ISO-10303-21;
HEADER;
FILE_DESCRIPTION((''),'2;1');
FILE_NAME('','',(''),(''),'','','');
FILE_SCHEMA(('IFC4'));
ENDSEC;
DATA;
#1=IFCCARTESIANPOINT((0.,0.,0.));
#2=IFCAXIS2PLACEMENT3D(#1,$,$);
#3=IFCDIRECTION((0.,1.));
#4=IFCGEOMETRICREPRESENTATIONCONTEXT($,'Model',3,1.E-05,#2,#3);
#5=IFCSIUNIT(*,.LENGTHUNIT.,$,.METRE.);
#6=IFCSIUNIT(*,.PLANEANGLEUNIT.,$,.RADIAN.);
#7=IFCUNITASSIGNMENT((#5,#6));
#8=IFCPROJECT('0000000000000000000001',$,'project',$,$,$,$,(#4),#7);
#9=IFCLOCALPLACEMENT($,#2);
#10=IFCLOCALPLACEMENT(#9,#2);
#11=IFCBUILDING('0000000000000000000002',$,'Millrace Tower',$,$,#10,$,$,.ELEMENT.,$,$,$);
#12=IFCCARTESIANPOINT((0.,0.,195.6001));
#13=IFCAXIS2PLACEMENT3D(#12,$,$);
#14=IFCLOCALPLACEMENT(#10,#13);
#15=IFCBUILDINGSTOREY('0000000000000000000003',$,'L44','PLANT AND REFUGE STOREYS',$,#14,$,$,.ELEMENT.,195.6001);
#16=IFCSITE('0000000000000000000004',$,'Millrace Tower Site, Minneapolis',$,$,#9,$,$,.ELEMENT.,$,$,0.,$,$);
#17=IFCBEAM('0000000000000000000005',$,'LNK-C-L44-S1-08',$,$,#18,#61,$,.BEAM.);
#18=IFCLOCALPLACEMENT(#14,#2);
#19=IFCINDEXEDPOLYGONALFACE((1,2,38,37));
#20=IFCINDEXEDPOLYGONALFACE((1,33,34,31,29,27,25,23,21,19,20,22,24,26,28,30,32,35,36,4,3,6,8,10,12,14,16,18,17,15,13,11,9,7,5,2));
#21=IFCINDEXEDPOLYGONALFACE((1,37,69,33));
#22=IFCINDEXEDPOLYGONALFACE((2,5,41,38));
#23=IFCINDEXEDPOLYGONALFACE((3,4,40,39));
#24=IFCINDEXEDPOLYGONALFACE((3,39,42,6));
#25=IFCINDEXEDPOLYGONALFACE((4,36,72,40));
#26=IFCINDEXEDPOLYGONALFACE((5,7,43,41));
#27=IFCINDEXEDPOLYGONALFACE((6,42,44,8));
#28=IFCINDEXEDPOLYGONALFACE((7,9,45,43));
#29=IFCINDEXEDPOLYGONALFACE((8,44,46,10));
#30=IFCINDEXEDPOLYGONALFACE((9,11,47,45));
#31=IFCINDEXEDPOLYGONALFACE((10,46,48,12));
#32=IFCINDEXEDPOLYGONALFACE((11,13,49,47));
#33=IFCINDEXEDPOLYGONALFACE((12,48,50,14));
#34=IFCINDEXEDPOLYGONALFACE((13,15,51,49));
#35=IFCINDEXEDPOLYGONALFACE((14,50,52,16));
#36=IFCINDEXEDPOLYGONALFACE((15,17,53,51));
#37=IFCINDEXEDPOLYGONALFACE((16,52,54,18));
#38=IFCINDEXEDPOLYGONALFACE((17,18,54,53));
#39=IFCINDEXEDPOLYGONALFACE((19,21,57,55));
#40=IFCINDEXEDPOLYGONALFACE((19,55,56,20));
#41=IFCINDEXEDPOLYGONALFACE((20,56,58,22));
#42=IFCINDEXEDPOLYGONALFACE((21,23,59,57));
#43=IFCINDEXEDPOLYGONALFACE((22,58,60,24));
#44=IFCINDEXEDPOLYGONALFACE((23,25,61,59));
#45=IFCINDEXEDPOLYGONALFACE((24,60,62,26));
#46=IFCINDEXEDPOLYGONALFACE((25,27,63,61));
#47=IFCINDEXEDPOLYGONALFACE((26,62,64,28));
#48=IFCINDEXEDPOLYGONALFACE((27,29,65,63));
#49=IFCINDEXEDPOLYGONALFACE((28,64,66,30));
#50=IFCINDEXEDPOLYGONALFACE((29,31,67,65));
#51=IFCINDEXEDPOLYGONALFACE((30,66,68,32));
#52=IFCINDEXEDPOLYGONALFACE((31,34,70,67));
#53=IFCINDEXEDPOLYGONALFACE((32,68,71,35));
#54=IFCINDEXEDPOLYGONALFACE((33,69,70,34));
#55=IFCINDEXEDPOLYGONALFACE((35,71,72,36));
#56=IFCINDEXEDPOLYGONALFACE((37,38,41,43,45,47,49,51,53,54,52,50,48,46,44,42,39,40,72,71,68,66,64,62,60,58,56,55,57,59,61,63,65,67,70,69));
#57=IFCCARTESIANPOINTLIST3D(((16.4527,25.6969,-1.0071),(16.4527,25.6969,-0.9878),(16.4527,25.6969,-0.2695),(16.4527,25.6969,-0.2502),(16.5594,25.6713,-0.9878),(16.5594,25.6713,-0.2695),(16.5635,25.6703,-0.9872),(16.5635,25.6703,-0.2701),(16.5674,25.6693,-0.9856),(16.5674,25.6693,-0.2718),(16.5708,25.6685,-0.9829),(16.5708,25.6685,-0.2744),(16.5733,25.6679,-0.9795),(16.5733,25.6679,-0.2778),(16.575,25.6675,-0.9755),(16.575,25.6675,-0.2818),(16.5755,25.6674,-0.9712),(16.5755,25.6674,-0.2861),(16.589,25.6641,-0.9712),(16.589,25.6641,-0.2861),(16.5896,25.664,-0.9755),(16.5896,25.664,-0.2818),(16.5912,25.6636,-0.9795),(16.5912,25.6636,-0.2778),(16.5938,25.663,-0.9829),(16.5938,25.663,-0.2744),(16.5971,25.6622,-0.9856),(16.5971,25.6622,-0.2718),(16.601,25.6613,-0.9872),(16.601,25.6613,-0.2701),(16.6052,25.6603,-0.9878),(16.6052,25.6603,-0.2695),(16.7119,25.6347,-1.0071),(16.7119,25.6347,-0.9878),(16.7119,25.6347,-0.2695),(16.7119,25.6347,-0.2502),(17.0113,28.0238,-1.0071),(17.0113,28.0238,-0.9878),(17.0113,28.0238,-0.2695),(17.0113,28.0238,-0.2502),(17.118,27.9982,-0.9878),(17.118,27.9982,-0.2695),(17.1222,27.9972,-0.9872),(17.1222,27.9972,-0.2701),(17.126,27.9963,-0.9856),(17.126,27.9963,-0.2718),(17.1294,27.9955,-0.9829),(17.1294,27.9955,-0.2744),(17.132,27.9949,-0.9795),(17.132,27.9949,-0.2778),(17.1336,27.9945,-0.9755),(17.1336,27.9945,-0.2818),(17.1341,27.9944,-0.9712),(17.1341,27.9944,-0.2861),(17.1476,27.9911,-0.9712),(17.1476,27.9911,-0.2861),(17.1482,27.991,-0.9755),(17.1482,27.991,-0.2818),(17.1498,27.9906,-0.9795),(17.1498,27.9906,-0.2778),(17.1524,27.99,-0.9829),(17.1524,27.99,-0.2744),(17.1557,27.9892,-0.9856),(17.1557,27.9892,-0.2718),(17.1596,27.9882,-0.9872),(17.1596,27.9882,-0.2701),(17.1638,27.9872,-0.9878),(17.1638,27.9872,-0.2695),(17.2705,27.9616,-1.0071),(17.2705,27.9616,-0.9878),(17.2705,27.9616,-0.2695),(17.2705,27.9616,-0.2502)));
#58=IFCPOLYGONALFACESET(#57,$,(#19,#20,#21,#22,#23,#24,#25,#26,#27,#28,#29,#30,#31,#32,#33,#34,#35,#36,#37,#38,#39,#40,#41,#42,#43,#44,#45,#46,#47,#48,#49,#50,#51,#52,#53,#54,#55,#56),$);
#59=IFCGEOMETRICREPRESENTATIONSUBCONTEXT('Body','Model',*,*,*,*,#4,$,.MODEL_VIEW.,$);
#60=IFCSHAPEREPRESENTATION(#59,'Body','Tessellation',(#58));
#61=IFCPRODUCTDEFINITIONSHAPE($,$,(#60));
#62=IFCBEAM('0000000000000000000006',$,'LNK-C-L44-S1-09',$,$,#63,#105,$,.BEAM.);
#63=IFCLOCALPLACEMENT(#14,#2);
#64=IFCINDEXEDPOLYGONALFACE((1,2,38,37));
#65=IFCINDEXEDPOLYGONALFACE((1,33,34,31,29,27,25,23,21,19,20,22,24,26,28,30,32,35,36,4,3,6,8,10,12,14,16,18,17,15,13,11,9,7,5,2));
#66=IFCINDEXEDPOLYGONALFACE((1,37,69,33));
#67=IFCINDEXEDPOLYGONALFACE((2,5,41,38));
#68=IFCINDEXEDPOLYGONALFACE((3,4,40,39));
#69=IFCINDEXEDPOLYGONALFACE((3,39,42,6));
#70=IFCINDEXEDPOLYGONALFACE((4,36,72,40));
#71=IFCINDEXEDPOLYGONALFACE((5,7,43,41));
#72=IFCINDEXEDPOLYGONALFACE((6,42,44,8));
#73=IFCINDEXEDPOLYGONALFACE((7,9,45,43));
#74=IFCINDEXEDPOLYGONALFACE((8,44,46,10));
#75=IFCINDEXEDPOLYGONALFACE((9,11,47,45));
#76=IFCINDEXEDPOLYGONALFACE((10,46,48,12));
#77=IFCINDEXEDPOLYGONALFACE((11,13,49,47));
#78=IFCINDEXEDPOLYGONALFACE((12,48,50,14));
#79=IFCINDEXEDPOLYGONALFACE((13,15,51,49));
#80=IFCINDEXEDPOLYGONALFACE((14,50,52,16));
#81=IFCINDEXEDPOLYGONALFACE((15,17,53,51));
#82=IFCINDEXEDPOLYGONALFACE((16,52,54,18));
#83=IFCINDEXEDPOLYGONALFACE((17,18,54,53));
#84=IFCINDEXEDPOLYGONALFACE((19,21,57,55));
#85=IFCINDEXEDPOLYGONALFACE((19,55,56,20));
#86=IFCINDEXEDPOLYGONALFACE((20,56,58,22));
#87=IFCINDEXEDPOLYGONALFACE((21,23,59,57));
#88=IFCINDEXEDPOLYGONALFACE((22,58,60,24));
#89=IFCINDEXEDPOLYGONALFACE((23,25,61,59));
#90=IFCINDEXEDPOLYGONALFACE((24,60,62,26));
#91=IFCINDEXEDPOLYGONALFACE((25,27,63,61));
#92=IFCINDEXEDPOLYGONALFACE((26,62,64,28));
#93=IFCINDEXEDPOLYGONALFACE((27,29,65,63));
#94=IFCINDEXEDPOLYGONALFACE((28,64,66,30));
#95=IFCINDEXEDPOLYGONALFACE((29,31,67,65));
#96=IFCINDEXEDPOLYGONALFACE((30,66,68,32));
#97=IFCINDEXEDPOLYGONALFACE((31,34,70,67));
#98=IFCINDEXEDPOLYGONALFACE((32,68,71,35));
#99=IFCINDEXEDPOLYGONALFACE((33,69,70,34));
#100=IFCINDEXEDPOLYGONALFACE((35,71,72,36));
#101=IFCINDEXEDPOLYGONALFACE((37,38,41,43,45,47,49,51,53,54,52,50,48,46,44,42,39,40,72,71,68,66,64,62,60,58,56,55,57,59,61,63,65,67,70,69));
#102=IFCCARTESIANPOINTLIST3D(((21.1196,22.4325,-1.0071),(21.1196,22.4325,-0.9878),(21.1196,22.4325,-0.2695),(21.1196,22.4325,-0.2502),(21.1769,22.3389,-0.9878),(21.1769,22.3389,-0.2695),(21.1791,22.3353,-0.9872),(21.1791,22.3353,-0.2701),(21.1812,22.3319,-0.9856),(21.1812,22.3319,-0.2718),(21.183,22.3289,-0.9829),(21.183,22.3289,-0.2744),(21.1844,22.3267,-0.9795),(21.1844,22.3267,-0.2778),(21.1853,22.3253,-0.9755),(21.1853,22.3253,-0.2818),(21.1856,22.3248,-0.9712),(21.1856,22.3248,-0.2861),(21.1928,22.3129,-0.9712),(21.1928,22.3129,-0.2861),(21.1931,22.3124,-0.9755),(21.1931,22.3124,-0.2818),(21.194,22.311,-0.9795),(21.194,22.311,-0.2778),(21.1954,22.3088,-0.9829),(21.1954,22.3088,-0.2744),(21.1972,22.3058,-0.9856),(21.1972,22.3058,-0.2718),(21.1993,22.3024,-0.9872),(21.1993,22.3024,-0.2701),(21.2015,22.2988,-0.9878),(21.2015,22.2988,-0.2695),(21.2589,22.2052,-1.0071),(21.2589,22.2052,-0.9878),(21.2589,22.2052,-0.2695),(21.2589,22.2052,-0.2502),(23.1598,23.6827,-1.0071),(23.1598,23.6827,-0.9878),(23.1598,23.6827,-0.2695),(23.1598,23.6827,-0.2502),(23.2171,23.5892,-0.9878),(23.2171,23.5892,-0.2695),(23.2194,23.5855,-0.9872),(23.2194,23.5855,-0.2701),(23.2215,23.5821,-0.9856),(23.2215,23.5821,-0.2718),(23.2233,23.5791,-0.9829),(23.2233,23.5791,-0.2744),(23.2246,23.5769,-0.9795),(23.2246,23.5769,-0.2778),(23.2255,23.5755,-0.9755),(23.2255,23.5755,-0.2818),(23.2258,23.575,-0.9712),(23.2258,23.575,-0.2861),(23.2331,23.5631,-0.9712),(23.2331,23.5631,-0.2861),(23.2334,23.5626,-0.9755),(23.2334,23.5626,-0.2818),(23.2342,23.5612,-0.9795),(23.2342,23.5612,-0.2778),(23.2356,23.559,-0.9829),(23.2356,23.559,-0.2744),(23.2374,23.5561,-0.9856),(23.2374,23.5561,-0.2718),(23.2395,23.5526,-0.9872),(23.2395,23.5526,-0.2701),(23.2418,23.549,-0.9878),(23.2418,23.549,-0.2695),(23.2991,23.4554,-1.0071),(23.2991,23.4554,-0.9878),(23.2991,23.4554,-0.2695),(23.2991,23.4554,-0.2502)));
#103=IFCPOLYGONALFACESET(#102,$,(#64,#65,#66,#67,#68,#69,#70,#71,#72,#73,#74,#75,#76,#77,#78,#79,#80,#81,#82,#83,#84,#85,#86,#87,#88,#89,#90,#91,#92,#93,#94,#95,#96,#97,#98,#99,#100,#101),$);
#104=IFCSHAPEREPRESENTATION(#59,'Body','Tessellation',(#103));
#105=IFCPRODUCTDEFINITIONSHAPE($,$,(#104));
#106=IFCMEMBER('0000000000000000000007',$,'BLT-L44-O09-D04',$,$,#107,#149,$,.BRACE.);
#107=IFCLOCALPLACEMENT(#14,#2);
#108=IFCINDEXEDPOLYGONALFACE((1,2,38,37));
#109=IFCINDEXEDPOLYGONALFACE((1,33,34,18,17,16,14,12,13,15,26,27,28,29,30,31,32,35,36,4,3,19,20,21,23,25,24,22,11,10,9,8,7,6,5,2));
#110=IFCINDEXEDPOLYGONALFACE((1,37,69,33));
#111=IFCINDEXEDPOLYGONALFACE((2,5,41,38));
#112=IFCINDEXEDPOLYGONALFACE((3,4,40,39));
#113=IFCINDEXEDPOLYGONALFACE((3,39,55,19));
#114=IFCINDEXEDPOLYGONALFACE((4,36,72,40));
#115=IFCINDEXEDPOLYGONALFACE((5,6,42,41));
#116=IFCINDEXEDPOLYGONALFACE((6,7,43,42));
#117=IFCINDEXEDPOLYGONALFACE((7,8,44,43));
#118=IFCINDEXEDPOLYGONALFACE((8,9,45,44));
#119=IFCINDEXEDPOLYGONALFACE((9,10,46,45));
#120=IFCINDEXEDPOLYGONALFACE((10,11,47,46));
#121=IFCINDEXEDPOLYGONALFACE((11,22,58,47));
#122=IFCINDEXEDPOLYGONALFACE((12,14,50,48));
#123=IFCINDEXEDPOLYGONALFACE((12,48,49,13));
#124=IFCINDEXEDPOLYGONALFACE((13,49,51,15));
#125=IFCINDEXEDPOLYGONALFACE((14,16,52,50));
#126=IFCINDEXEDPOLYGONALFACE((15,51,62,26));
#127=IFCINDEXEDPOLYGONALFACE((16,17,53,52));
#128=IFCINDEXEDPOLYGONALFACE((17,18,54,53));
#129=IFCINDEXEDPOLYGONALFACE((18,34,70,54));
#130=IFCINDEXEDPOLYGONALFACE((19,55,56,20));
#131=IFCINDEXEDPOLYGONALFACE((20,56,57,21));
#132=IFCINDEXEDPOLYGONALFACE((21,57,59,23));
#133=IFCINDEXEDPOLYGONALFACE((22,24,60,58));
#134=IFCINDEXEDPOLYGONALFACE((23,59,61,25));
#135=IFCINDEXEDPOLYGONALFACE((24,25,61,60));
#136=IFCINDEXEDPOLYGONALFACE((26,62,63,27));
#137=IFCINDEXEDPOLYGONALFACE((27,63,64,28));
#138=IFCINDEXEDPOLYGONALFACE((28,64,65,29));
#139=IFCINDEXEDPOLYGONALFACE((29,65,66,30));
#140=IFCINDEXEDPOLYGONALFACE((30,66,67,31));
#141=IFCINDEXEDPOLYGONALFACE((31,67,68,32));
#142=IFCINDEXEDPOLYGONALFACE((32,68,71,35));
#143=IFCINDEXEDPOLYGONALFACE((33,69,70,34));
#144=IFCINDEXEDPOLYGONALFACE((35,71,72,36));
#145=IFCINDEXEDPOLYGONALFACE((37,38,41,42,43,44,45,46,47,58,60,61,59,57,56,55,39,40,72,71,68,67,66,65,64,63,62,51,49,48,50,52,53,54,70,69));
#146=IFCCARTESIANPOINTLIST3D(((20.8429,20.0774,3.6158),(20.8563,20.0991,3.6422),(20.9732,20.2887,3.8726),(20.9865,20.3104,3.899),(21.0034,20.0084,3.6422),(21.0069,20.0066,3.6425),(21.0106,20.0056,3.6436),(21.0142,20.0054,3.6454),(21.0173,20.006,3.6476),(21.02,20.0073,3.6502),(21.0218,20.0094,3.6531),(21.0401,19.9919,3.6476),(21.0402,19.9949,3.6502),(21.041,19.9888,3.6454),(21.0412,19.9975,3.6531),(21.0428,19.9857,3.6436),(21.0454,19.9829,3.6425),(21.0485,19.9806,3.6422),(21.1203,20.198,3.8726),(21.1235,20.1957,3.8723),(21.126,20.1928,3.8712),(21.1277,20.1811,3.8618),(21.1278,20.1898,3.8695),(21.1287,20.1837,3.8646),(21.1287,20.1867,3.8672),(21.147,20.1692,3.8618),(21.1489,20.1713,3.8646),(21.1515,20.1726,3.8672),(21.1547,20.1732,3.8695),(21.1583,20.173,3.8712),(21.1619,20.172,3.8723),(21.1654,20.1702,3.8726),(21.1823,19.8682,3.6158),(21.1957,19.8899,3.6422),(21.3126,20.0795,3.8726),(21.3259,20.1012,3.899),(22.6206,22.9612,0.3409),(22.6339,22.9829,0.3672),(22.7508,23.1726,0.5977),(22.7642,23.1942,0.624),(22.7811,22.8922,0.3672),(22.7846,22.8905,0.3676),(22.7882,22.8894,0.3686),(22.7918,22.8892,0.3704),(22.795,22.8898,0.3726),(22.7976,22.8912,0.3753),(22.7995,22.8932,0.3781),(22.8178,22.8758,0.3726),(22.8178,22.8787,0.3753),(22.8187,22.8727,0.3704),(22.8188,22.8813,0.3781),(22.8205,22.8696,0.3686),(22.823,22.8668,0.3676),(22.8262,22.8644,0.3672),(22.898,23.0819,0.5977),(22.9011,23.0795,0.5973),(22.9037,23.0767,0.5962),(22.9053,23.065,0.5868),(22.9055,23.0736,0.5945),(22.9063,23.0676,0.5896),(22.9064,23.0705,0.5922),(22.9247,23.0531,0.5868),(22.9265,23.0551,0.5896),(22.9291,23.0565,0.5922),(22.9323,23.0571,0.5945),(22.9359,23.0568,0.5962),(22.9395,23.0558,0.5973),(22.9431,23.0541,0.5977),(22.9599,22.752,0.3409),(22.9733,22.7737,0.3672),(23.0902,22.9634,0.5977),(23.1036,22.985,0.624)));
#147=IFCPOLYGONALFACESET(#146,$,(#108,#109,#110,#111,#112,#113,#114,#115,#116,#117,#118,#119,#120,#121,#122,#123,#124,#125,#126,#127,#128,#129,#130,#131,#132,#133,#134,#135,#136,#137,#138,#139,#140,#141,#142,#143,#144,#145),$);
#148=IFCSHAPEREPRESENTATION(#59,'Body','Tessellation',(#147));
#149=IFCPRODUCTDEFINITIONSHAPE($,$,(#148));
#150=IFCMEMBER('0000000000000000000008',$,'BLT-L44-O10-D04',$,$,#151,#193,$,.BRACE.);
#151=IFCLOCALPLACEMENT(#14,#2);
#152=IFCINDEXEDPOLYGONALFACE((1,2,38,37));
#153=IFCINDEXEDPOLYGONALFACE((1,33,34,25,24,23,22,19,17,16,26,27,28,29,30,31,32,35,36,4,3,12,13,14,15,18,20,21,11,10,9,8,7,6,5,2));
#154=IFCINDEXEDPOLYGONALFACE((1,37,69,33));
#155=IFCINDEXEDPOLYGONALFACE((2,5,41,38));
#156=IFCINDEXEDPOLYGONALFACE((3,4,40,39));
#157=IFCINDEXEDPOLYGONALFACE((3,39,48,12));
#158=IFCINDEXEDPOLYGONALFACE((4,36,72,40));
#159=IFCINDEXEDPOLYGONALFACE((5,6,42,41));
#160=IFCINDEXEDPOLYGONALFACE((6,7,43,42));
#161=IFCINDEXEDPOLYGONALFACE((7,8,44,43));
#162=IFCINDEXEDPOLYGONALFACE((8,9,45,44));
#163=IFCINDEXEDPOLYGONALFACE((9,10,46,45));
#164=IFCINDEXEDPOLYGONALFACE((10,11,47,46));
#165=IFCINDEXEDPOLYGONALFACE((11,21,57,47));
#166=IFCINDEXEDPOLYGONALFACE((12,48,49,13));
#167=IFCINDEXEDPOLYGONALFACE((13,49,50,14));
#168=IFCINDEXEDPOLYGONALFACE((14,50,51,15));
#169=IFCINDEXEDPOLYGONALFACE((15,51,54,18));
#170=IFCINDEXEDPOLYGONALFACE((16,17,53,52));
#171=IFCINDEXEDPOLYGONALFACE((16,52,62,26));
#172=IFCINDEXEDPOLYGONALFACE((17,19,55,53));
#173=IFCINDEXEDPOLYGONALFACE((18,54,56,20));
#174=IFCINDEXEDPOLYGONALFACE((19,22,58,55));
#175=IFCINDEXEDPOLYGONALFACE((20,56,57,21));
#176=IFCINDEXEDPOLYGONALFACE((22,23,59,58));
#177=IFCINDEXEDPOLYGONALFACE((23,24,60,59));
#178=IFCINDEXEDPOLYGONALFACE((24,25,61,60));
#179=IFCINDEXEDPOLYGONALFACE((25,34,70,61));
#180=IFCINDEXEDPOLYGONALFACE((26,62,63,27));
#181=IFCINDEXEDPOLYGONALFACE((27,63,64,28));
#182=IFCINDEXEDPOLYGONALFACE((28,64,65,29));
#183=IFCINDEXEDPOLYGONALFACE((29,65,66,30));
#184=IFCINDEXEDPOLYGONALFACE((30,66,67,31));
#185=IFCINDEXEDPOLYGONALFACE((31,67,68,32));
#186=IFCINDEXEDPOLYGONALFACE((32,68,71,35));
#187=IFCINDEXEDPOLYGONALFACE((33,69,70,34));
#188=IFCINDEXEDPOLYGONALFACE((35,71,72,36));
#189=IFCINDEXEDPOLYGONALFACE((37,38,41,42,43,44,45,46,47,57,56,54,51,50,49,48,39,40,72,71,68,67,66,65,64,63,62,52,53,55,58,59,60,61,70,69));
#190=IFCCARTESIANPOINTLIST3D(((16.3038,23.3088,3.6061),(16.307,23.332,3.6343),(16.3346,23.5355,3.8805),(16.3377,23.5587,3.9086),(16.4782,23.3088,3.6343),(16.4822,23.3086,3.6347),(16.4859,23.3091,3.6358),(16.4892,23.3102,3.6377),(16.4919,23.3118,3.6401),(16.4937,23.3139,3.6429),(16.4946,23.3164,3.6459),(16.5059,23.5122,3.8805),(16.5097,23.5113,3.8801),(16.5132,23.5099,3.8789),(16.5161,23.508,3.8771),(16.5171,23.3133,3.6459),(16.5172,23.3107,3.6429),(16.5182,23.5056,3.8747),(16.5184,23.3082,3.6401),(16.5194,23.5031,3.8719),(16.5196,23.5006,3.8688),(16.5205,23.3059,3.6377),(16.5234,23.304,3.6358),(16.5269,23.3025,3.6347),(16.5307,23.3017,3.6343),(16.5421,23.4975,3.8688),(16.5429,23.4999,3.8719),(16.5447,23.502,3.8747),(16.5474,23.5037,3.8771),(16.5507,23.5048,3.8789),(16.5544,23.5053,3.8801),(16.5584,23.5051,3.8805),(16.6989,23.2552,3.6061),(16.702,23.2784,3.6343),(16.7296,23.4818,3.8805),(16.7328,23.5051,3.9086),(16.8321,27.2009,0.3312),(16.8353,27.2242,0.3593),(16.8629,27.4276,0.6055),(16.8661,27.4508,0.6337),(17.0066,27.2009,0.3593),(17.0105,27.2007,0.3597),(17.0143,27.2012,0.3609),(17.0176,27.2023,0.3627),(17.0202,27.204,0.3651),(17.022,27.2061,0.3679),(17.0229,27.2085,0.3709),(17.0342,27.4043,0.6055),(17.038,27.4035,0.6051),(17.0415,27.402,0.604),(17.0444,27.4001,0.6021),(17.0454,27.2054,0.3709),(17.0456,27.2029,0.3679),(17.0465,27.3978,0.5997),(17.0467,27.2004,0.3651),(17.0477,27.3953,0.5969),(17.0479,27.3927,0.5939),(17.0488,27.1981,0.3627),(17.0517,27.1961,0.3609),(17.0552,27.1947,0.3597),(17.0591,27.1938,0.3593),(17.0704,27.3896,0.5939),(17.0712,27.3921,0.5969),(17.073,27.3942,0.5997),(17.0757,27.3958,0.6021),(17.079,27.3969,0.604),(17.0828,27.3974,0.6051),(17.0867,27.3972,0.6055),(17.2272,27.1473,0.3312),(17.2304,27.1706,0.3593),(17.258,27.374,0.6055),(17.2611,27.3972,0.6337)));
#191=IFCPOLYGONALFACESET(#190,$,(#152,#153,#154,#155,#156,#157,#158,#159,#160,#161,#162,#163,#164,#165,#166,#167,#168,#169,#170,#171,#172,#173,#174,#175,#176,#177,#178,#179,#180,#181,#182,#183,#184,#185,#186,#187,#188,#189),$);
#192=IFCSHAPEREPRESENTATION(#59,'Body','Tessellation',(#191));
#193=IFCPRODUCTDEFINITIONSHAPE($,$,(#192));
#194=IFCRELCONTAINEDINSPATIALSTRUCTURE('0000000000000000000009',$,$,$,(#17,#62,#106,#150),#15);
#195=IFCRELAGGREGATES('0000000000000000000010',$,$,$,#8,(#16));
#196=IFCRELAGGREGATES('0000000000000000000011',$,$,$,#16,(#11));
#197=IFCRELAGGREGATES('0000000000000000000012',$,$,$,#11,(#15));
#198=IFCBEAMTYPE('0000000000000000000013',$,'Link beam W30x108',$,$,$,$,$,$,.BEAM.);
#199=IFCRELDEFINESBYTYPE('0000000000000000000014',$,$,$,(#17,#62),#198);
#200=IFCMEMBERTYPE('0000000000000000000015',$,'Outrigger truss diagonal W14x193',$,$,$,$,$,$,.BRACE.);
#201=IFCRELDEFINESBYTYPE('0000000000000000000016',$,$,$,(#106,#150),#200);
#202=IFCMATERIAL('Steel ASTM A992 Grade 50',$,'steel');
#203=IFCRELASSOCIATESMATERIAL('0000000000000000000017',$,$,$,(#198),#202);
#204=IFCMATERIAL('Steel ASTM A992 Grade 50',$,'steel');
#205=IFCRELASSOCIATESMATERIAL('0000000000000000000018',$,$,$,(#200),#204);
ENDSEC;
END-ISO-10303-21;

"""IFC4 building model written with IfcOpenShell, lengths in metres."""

from ifc_helpers import new_model, si_unit, direction, frame, origin, origin_2d, place, context, subcontext, project, spatial, i_section, extrude, material, material_profile, profile_set, type_object, element, save


model = new_model("IFC4")

# Units and contexts
model_context = context("Model", 3, precision=1e-05, world=origin(), true_north=direction((0.0, 1.0)))
body_context = subcontext(model_context, "Body", "Model", "MODEL_VIEW")
ifc_project = project(units=[si_unit("LENGTHUNIT", "METRE"), si_unit("PLANEANGLEUNIT", "RADIAN")], contexts=[model_context])

# Site, building, storey
site_placement = place(None, origin())
site = spatial("IfcSite", under=ifc_project, at=site_placement, Name="Millrace Tower Site, Minneapolis", CompositionType="ELEMENT", RefElevation=0.0)
building_placement = place(site_placement, origin())
building = spatial("IfcBuilding", under=site, at=building_placement, Name="Millrace Tower", CompositionType="ELEMENT")
storey_placement = place(building_placement, frame((0.0, 0.0, 195.6001)))
storey = spatial("IfcBuildingStorey", under=building, at=storey_placement, Name="L44", Description="PLANT AND REFUGE STOREYS", CompositionType="ELEMENT", Elevation=195.6001)

# Beams
ifc_material_1 = material(Name="Steel ASTM A992 Grade 50", Category="steel")
ifc_material_profile_1 = material_profile(ifc_material_1, i_section(OverallWidth=0.2666, OverallDepth=0.7568, WebThickness=0.0139, FlangeThickness=0.0193, FilletRadius=0.0166, at=origin_2d()))
ifc_profile_set_1 = profile_set([ifc_material_profile_1], Name="Steel ASTM A992 Grade 50")
beam_type_1 = type_object("IfcBeamType", Name="Link beam W30x108", PredefinedType="BEAM", material=ifc_profile_set_1)
beam_1_placement = place(storey_placement, frame((16.5823, 25.6658, -0.6287), z_axis=(0.233427, 0.972374, 0.0), x_axis=(-0.972374, 0.233427, 0.0)))
element("IfcBeam", 1, at=beam_1_placement, inside=storey, type_object=beam_type_1, Name="LNK-C-L44-S1-08", PredefinedType="BEAM", context=body_context, shape_type="SweptSolid", body=[
    extrude(i_section(OverallWidth=0.2666, OverallDepth=0.7568, WebThickness=0.0139, FlangeThickness=0.0193, FilletRadius=0.0166, at=origin_2d()), origin(), (0.0, 0.0, 1.0), 2.3931),
])
beam_2_placement = place(storey_placement, frame((21.1892, 22.3188, -0.6287), z_axis=(0.852648, 0.522485, 0.0), x_axis=(-0.522485, 0.852648, 0.0)))
element("IfcBeam", 2, at=beam_2_placement, inside=storey, type_object=beam_type_1, Name="LNK-C-L44-S1-09", PredefinedType="BEAM", context=body_context, shape_type="SweptSolid", body=[
    extrude(i_section(OverallWidth=0.2666, OverallDepth=0.7568, WebThickness=0.0139, FlangeThickness=0.0193, FilletRadius=0.0166, at=origin_2d()), origin(), (0.0, 0.0, 1.0), 2.3928),
])

# Members
ifc_material_2 = material(Name="Steel ASTM A992 Grade 50", Category="steel")
ifc_material_profile_2 = material_profile(ifc_material_2, i_section(OverallWidth=0.3987, OverallDepth=0.3938, WebThickness=0.0227, FlangeThickness=0.0366, FilletRadius=0.0151, at=origin_2d()))
ifc_profile_set_2 = profile_set([ifc_material_profile_2], Name="Steel ASTM A992 Grade 50")
member_type_1 = type_object("IfcMemberType", Name="Outrigger truss diagonal W14x193", PredefinedType="BRACE", material=ifc_profile_set_2)
member_1_placement = place(storey_placement, frame((22.8621, 22.9731, 0.4824), z_axis=(-0.377263, -0.612036, 0.695043), x_axis=(0.85127, -0.524729, 0.0)))
element("IfcMember", 3, at=member_1_placement, inside=storey, type_object=member_type_1, Name="BLT-L44-O09-D04", PredefinedType="BRACE", context=body_context, shape_type="SweptSolid", body=[
    extrude(i_section(OverallWidth=0.3987, OverallDepth=0.3938, WebThickness=0.0227, FlangeThickness=0.0366, FilletRadius=0.0151, at=origin_2d()), origin(), (0.0, 0.0, 1.0), 4.7119),
])
member_2_placement = place(storey_placement, frame((17.0466, 27.2991, 0.4824), z_axis=(-0.10331, -0.761073, 0.640386), x_axis=(0.990912, -0.134509, 0.0)))
element("IfcMember", 4, at=member_2_placement, inside=storey, type_object=member_type_1, Name="BLT-L44-O10-D04", PredefinedType="BRACE", context=body_context, shape_type="SweptSolid", body=[
    extrude(i_section(OverallWidth=0.3987, OverallDepth=0.3938, WebThickness=0.0227, FlangeThickness=0.0366, FilletRadius=0.0151, at=origin_2d()), origin(), (0.0, 0.0, 1.0), 5.114),
])

save(model, "model.ifc")
